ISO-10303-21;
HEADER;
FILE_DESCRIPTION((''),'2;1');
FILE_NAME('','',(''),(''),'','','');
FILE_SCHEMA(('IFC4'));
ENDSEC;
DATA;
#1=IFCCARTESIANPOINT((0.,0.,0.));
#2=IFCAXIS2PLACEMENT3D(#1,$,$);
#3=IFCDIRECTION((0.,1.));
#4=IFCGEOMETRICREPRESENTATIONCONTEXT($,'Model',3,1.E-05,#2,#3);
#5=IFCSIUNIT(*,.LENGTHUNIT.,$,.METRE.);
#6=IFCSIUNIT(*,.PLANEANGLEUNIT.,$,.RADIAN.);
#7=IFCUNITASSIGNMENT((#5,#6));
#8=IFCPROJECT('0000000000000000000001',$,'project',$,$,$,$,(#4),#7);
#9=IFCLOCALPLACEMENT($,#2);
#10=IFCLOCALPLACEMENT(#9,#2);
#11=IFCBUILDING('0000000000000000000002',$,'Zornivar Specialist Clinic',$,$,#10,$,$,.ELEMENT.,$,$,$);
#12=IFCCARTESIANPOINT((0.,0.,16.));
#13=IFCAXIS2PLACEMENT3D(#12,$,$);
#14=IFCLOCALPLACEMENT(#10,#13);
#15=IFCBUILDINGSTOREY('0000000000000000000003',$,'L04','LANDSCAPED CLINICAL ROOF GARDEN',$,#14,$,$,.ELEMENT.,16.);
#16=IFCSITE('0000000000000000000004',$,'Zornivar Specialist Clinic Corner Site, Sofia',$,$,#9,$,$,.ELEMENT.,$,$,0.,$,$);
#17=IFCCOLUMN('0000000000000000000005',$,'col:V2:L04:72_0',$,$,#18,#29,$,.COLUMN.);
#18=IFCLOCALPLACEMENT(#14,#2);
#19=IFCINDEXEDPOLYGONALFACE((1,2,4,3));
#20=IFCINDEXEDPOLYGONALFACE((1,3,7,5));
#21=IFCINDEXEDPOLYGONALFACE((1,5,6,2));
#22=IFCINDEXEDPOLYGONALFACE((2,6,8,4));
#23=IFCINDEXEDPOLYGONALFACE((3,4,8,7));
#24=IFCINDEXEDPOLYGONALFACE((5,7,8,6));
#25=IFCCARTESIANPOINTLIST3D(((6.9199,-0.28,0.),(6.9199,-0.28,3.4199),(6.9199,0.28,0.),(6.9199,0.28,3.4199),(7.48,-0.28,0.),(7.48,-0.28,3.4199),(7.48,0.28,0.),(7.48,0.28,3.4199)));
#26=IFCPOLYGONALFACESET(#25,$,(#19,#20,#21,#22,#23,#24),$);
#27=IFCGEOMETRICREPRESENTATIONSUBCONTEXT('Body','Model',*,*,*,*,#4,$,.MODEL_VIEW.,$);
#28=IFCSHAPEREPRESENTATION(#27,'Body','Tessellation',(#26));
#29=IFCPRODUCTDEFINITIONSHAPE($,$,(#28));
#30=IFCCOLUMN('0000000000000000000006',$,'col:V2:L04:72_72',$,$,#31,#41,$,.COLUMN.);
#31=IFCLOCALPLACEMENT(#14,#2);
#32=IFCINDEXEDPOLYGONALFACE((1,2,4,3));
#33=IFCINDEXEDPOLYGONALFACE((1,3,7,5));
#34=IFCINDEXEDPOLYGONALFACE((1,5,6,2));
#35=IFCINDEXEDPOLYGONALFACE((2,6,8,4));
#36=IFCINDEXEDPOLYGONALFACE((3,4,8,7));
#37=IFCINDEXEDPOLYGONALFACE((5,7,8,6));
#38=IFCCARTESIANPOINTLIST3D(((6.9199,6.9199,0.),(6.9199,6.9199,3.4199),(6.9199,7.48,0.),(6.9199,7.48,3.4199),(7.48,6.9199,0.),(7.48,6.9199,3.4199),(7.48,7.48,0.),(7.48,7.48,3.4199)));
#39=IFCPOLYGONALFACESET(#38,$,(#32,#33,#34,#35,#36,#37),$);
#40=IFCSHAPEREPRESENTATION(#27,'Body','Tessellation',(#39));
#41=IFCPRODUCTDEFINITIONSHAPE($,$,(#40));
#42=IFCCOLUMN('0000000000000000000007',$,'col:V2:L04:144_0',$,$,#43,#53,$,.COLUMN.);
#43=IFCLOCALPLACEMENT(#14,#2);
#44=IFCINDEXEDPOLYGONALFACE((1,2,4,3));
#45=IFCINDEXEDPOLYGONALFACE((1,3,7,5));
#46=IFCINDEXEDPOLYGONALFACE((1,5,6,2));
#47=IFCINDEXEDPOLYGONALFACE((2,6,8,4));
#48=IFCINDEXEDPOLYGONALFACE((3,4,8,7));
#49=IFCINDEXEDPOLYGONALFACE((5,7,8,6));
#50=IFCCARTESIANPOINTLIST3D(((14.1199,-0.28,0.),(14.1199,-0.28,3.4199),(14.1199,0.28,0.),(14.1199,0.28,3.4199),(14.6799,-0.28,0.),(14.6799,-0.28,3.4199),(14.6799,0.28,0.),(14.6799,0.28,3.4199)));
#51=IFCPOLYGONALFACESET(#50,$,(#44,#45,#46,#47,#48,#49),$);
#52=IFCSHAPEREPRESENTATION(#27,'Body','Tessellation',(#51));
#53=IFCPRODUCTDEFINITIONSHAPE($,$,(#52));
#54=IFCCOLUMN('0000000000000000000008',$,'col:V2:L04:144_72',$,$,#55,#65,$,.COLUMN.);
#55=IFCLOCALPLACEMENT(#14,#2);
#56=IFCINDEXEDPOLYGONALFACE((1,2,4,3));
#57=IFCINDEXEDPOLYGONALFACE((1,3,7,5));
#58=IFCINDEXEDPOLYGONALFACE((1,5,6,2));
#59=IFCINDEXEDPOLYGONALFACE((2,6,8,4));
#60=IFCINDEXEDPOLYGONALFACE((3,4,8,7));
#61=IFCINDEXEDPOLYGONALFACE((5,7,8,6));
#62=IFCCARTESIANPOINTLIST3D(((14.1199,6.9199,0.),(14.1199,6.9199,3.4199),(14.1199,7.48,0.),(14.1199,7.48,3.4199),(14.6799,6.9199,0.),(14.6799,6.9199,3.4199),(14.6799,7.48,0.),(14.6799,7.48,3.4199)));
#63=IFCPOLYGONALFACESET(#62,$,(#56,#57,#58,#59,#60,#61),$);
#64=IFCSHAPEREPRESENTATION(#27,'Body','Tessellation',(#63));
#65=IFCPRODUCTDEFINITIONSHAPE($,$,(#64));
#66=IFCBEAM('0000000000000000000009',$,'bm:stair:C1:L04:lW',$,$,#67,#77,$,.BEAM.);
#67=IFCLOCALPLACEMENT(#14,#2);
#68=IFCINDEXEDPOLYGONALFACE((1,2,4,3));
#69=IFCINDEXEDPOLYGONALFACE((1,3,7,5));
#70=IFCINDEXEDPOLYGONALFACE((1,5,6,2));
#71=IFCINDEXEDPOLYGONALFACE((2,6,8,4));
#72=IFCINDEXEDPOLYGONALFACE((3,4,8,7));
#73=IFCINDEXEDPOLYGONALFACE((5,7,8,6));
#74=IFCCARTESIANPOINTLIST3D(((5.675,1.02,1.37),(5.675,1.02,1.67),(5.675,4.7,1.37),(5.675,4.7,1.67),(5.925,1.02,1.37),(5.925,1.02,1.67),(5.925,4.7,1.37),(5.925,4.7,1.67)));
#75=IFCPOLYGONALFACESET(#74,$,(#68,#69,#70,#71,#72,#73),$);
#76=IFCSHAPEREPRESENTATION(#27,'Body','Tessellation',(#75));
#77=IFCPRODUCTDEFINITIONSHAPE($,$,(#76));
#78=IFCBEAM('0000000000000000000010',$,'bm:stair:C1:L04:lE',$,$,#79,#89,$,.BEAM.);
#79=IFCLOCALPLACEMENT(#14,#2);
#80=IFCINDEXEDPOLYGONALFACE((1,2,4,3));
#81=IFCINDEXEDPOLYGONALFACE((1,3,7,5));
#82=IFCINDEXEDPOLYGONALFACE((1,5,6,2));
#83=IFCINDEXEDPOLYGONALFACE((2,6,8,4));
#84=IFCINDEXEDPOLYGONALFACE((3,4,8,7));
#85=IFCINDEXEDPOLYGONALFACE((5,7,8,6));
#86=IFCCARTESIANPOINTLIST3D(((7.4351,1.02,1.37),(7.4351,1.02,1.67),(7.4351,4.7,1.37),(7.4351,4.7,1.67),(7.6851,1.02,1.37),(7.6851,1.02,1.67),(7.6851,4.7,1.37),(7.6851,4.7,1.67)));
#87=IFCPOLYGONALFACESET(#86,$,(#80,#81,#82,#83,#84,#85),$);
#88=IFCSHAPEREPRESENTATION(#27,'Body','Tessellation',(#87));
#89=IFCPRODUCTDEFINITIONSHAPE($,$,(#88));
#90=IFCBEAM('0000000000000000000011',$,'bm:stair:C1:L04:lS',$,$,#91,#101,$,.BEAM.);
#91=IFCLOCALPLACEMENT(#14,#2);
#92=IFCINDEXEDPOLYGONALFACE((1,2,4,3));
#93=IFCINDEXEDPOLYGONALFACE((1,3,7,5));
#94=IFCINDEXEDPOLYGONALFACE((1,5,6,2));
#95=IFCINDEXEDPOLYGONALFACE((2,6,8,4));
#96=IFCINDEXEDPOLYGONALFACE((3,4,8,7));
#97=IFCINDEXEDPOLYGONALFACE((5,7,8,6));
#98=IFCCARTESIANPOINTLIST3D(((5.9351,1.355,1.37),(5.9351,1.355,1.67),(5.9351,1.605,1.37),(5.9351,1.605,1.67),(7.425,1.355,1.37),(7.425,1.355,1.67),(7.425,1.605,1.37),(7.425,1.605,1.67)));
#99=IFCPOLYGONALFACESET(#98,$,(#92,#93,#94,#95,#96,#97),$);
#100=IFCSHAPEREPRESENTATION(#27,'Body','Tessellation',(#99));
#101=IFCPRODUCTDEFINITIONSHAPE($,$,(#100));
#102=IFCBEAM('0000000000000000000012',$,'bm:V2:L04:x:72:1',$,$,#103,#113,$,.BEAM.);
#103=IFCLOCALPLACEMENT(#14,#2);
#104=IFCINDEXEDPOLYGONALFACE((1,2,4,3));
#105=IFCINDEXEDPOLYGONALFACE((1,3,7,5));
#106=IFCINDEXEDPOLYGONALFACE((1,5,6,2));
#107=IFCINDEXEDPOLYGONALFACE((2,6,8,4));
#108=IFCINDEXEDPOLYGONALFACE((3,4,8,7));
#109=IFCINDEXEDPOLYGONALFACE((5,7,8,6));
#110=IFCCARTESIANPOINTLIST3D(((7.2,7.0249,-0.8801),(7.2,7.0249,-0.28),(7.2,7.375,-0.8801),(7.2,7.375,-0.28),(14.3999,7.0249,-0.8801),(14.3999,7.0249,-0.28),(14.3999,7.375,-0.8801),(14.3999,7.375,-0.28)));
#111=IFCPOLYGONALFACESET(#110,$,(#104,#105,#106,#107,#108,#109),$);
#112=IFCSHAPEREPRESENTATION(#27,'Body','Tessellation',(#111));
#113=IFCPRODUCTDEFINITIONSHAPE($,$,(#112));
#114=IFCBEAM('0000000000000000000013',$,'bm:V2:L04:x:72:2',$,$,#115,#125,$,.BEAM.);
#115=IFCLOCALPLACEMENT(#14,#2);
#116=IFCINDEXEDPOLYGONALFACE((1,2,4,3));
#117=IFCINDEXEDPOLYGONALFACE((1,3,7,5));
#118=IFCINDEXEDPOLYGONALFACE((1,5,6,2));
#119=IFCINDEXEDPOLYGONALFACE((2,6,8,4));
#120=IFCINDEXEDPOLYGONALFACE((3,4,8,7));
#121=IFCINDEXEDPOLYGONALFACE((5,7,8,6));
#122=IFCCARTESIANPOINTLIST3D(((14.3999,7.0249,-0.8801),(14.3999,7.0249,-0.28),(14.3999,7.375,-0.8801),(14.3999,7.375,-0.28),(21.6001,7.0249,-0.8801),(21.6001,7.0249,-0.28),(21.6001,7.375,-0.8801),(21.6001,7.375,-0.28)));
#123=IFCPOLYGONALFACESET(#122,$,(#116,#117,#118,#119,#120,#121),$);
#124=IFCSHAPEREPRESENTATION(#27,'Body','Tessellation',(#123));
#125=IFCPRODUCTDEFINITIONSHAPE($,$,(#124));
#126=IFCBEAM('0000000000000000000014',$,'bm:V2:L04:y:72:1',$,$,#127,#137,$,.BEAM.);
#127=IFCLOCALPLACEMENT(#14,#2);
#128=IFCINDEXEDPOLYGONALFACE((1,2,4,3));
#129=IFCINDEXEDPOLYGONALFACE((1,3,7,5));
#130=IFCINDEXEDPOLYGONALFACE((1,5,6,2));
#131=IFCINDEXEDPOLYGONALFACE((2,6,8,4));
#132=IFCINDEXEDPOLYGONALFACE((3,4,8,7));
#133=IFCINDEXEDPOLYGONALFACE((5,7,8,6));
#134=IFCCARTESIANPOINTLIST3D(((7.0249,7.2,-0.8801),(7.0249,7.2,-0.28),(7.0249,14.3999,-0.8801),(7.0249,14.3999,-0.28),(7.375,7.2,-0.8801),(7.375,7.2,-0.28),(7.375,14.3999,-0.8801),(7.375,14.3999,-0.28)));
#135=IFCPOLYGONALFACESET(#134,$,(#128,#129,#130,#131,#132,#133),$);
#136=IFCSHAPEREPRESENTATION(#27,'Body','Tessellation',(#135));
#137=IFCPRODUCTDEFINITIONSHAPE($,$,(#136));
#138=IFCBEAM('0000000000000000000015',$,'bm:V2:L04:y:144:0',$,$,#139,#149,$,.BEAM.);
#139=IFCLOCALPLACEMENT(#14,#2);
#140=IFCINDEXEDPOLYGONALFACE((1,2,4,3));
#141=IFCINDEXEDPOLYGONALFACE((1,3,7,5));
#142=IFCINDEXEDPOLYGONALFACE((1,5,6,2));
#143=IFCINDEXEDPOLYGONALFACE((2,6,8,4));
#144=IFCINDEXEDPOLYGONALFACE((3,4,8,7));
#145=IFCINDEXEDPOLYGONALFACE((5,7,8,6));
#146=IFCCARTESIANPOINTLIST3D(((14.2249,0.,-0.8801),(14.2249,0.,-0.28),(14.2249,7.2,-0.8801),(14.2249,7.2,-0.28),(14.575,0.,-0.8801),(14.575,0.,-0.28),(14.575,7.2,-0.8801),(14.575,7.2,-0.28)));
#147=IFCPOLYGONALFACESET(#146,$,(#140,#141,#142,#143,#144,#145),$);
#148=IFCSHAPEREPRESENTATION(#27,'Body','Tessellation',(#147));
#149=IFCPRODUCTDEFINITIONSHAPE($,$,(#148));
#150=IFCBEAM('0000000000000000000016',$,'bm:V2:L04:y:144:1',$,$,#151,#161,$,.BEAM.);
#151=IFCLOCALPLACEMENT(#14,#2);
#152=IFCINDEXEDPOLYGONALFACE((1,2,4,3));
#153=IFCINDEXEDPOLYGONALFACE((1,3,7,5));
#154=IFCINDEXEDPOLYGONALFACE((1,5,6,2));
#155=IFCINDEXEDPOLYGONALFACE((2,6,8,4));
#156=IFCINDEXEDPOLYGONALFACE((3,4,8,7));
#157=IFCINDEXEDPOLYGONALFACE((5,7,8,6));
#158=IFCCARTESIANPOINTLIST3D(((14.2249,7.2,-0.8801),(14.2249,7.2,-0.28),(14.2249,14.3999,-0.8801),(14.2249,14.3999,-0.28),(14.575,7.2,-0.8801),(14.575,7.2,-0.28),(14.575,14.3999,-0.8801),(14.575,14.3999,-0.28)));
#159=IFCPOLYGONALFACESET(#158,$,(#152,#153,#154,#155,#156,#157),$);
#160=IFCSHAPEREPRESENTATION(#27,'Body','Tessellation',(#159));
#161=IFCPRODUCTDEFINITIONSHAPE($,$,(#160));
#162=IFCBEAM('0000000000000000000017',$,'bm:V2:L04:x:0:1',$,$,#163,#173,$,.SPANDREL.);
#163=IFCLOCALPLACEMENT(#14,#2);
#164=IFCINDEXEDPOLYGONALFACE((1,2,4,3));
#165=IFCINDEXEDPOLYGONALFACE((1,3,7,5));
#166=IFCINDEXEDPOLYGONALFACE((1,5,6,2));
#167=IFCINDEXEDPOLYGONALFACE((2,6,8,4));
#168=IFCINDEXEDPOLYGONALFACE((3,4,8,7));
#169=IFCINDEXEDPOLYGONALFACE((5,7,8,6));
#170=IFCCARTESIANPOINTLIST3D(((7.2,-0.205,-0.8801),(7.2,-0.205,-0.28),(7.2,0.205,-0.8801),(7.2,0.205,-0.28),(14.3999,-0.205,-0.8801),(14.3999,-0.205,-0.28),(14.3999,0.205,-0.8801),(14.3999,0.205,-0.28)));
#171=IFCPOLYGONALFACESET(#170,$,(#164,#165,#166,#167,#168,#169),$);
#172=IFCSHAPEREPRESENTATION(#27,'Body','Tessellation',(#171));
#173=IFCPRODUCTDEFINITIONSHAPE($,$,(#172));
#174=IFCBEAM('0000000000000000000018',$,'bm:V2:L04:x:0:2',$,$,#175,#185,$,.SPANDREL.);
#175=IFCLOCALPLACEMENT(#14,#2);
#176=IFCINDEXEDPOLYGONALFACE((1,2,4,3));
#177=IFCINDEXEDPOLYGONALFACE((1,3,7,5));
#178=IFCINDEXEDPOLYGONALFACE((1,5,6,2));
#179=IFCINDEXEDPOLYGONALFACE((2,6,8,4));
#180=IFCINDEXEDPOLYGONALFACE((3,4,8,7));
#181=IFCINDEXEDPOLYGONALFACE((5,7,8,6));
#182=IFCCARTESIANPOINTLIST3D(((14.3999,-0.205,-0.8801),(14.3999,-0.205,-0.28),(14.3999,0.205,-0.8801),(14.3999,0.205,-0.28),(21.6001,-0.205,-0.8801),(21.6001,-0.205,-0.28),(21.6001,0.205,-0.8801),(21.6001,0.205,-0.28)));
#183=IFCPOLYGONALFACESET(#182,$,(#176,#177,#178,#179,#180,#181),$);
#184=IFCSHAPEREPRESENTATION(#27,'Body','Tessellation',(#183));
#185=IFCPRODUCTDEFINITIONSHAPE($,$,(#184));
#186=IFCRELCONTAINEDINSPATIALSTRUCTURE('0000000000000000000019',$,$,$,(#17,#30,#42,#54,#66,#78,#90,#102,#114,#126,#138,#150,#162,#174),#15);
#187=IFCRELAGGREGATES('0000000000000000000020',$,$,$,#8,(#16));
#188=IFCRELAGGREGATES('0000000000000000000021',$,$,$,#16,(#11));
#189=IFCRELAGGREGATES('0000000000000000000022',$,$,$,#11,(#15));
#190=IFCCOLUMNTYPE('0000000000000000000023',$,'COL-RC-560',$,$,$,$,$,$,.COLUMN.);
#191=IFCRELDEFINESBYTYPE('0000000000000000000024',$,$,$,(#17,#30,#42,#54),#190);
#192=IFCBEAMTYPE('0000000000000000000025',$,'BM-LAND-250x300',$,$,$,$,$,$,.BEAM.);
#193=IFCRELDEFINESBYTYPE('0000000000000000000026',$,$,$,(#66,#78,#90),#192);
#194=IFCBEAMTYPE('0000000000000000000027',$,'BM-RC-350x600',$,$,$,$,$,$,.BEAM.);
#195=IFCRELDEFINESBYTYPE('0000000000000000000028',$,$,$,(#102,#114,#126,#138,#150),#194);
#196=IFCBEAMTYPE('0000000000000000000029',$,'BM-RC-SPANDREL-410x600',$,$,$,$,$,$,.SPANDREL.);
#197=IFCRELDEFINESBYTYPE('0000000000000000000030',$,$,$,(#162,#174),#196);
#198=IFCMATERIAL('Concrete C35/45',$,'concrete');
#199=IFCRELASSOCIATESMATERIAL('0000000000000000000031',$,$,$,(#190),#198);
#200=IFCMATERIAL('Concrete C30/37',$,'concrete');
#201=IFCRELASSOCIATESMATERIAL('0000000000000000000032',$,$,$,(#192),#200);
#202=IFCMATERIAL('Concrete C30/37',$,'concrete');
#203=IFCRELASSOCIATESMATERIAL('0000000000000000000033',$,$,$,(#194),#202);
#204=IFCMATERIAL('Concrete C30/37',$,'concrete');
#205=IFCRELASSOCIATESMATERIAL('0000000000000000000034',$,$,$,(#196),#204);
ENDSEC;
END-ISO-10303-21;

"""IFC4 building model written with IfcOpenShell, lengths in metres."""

from ifc_helpers import new_model, si_unit, direction, frame, origin, origin_2d, place, context, subcontext, project, spatial, rectangle, extrude, material, material_profile, profile_set, type_object, element, save


model = new_model("IFC4")

# Units and contexts
model_context = context("Model", 3, precision=1e-05, world=origin(), true_north=direction((0.0, 1.0)))
body_context = subcontext(model_context, "Body", "Model", "MODEL_VIEW")
ifc_project = project(units=[si_unit("LENGTHUNIT", "METRE"), si_unit("PLANEANGLEUNIT", "RADIAN")], contexts=[model_context])

# Site, building, storey
site_placement = place(None, origin())
site = spatial("IfcSite", under=ifc_project, at=site_placement, Name="Zornivar Specialist Clinic Corner Site, Sofia", CompositionType="ELEMENT", RefElevation=0.0)
building_placement = place(site_placement, origin())
building = spatial("IfcBuilding", under=site, at=building_placement, Name="Zornivar Specialist Clinic", CompositionType="ELEMENT")
storey_placement = place(building_placement, frame((0.0, 0.0, 16.0)))
storey = spatial("IfcBuildingStorey", under=building, at=storey_placement, Name="L04", Description="LANDSCAPED CLINICAL ROOF GARDEN", CompositionType="ELEMENT", Elevation=16.0)

# Columns
ifc_material_1 = material(Name="Concrete C35/45", Category="concrete")
ifc_material_profile_1 = material_profile(ifc_material_1, rectangle(XDim=0.5601, YDim=0.5601, at=origin_2d()), Name="RC 560x560")
ifc_profile_set_1 = profile_set([ifc_material_profile_1], Name="Concrete C35/45")
column_type = type_object("IfcColumnType", Name="COL-RC-560", PredefinedType="COLUMN", material=ifc_profile_set_1)
for number, where, z_axis, x_axis, name in (
    (1, (7.2, 0.0, 0.0), (0.0, 0.0, 1.0), (1.0, 0.0, 0.0), "col:V2:L04:72_0"),
    (2, (7.2, 7.2, 0.0), (0.0, 0.0, 1.0), (1.0, 0.0, 0.0), "col:V2:L04:72_72"),
    (3, (14.3999, 0.0, 0.0), (0.0, 0.0, 1.0), (1.0, 0.0, 0.0), "col:V2:L04:144_0"),
    (4, (14.3999, 7.2, 0.0), (0.0, 0.0, 1.0), (1.0, 0.0, 0.0), "col:V2:L04:144_72"),
):
    element("IfcColumn", number, at=place(storey_placement, frame(where, z_axis=z_axis, x_axis=x_axis)), inside=storey, type_object=column_type, Name=name, PredefinedType="COLUMN", context=body_context, shape_type="SweptSolid", body=[
        extrude(rectangle(XDim=0.5601, YDim=0.5601, at=origin_2d()), origin(), (0.0, 0.0, 1.0), 3.4199),
    ])

# Beams
ifc_material_2 = material(Name="Concrete C30/37", Category="concrete")
ifc_material_profile_2 = material_profile(ifc_material_2, rectangle(XDim=0.25, YDim=0.3, at=origin_2d()), Name="RC 250x300")
ifc_profile_set_2 = profile_set([ifc_material_profile_2], Name="Concrete C30/37")
beam_type_1 = type_object("IfcBeamType", Name="BM-LAND-250x300", PredefinedType="BEAM", material=ifc_profile_set_2)
for number, where, z_axis, x_axis, name in (
    (5, (5.8, 1.02, 1.52), (0.0, 1.0, 0.0), (-1.0, 0.0, 0.0), "bm:stair:C1:L04:lW"),
    (6, (7.5601, 1.02, 1.52), (0.0, 1.0, 0.0), (-1.0, 0.0, 0.0), "bm:stair:C1:L04:lE"),
):
    element("IfcBeam", number, at=place(storey_placement, frame(where, z_axis=z_axis, x_axis=x_axis)), inside=storey, type_object=beam_type_1, Name=name, PredefinedType="BEAM", context=body_context, shape_type="SweptSolid", body=[
        extrude(rectangle(XDim=0.25, YDim=0.3, at=origin_2d()), origin(), (0.0, 0.0, 1.0), 3.6799),
    ])
beam_1_placement = place(storey_placement, frame((5.9351, 1.48, 1.52), z_axis=(1.0, 0.0, 0.0), x_axis=(0.0, 1.0, 0.0)))
element("IfcBeam", 7, at=beam_1_placement, inside=storey, type_object=beam_type_1, Name="bm:stair:C1:L04:lS", PredefinedType="BEAM", context=body_context, shape_type="SweptSolid", body=[
    extrude(rectangle(XDim=0.25, YDim=0.3, at=origin_2d()), origin(), (0.0, 0.0, 1.0), 1.49),
])
ifc_material_3 = material(Name="Concrete C30/37", Category="concrete")
ifc_material_profile_3 = material_profile(ifc_material_3, rectangle(XDim=0.3501, YDim=0.6001, at=origin_2d()), Name="RC 350x600")
ifc_profile_set_3 = profile_set([ifc_material_profile_3], Name="Concrete C30/37")
beam_type_2 = type_object("IfcBeamType", Name="BM-RC-350x600", PredefinedType="BEAM", material=ifc_profile_set_3)
beam_2_placement = place(storey_placement, frame((7.2, 7.2, -0.5801), z_axis=(1.0, 0.0, 0.0), x_axis=(0.0, 1.0, 0.0)))
element("IfcBeam", 8, at=beam_2_placement, inside=storey, type_object=beam_type_2, Name="bm:V2:L04:x:72:1", PredefinedType="BEAM", context=body_context, shape_type="SweptSolid", body=[
    extrude(rectangle(XDim=0.3501, YDim=0.6001, at=origin_2d()), origin(), (0.0, 0.0, 1.0), 7.2),
])
beam_3_placement = place(storey_placement, frame((14.3999, 7.2, -0.5801), z_axis=(1.0, 0.0, 0.0), x_axis=(0.0, 1.0, 0.0)))
element("IfcBeam", 9, at=beam_3_placement, inside=storey, type_object=beam_type_2, Name="bm:V2:L04:x:72:2", PredefinedType="BEAM", context=body_context, shape_type="SweptSolid", body=[
    extrude(rectangle(XDim=0.3501, YDim=0.6001, at=origin_2d()), origin(), (0.0, 0.0, 1.0), 7.2002),
])
for number, where, z_axis, x_axis, name in (
    (10, (7.2, 7.2, -0.5801), (0.0, 1.0, 0.0), (-1.0, 0.0, 0.0), "bm:V2:L04:y:72:1"),
    (11, (14.3999, 0.0, -0.5801), (0.0, 1.0, 0.0), (-1.0, 0.0, 0.0), "bm:V2:L04:y:144:0"),
    (12, (14.3999, 7.2, -0.5801), (0.0, 1.0, 0.0), (-1.0, 0.0, 0.0), "bm:V2:L04:y:144:1"),
):
    element("IfcBeam", number, at=place(storey_placement, frame(where, z_axis=z_axis, x_axis=x_axis)), inside=storey, type_object=beam_type_2, Name=name, PredefinedType="BEAM", context=body_context, shape_type="SweptSolid", body=[
        extrude(rectangle(XDim=0.3501, YDim=0.6001, at=origin_2d()), origin(), (0.0, 0.0, 1.0), 7.2),
    ])
ifc_material_4 = material(Name="Concrete C30/37", Category="concrete")
ifc_material_profile_4 = material_profile(ifc_material_4, rectangle(XDim=0.4099, YDim=0.6001, at=origin_2d()), Name="RC 410x600")
ifc_profile_set_4 = profile_set([ifc_material_profile_4], Name="Concrete C30/37")
beam_type_3 = type_object("IfcBeamType", Name="BM-RC-SPANDREL-410x600", PredefinedType="SPANDREL", material=ifc_profile_set_4)
beam_4_placement = place(storey_placement, frame((7.2, 0.0, -0.5801), z_axis=(1.0, 0.0, 0.0), x_axis=(0.0, 1.0, 0.0)))
element("IfcBeam", 13, at=beam_4_placement, inside=storey, type_object=beam_type_3, Name="bm:V2:L04:x:0:1", PredefinedType="SPANDREL", context=body_context, shape_type="SweptSolid", body=[
    extrude(rectangle(XDim=0.4099, YDim=0.6001, at=origin_2d()), origin(), (0.0, 0.0, 1.0), 7.2),
])
beam_5_placement = place(storey_placement, frame((14.3999, 0.0, -0.5801), z_axis=(1.0, 0.0, 0.0), x_axis=(0.0, 1.0, 0.0)))
element("IfcBeam", 14, at=beam_5_placement, inside=storey, type_object=beam_type_3, Name="bm:V2:L04:x:0:2", PredefinedType="SPANDREL", context=body_context, shape_type="SweptSolid", body=[
    extrude(rectangle(XDim=0.4099, YDim=0.6001, at=origin_2d()), origin(), (0.0, 0.0, 1.0), 7.2002),
])

save(model, "model.ifc")
